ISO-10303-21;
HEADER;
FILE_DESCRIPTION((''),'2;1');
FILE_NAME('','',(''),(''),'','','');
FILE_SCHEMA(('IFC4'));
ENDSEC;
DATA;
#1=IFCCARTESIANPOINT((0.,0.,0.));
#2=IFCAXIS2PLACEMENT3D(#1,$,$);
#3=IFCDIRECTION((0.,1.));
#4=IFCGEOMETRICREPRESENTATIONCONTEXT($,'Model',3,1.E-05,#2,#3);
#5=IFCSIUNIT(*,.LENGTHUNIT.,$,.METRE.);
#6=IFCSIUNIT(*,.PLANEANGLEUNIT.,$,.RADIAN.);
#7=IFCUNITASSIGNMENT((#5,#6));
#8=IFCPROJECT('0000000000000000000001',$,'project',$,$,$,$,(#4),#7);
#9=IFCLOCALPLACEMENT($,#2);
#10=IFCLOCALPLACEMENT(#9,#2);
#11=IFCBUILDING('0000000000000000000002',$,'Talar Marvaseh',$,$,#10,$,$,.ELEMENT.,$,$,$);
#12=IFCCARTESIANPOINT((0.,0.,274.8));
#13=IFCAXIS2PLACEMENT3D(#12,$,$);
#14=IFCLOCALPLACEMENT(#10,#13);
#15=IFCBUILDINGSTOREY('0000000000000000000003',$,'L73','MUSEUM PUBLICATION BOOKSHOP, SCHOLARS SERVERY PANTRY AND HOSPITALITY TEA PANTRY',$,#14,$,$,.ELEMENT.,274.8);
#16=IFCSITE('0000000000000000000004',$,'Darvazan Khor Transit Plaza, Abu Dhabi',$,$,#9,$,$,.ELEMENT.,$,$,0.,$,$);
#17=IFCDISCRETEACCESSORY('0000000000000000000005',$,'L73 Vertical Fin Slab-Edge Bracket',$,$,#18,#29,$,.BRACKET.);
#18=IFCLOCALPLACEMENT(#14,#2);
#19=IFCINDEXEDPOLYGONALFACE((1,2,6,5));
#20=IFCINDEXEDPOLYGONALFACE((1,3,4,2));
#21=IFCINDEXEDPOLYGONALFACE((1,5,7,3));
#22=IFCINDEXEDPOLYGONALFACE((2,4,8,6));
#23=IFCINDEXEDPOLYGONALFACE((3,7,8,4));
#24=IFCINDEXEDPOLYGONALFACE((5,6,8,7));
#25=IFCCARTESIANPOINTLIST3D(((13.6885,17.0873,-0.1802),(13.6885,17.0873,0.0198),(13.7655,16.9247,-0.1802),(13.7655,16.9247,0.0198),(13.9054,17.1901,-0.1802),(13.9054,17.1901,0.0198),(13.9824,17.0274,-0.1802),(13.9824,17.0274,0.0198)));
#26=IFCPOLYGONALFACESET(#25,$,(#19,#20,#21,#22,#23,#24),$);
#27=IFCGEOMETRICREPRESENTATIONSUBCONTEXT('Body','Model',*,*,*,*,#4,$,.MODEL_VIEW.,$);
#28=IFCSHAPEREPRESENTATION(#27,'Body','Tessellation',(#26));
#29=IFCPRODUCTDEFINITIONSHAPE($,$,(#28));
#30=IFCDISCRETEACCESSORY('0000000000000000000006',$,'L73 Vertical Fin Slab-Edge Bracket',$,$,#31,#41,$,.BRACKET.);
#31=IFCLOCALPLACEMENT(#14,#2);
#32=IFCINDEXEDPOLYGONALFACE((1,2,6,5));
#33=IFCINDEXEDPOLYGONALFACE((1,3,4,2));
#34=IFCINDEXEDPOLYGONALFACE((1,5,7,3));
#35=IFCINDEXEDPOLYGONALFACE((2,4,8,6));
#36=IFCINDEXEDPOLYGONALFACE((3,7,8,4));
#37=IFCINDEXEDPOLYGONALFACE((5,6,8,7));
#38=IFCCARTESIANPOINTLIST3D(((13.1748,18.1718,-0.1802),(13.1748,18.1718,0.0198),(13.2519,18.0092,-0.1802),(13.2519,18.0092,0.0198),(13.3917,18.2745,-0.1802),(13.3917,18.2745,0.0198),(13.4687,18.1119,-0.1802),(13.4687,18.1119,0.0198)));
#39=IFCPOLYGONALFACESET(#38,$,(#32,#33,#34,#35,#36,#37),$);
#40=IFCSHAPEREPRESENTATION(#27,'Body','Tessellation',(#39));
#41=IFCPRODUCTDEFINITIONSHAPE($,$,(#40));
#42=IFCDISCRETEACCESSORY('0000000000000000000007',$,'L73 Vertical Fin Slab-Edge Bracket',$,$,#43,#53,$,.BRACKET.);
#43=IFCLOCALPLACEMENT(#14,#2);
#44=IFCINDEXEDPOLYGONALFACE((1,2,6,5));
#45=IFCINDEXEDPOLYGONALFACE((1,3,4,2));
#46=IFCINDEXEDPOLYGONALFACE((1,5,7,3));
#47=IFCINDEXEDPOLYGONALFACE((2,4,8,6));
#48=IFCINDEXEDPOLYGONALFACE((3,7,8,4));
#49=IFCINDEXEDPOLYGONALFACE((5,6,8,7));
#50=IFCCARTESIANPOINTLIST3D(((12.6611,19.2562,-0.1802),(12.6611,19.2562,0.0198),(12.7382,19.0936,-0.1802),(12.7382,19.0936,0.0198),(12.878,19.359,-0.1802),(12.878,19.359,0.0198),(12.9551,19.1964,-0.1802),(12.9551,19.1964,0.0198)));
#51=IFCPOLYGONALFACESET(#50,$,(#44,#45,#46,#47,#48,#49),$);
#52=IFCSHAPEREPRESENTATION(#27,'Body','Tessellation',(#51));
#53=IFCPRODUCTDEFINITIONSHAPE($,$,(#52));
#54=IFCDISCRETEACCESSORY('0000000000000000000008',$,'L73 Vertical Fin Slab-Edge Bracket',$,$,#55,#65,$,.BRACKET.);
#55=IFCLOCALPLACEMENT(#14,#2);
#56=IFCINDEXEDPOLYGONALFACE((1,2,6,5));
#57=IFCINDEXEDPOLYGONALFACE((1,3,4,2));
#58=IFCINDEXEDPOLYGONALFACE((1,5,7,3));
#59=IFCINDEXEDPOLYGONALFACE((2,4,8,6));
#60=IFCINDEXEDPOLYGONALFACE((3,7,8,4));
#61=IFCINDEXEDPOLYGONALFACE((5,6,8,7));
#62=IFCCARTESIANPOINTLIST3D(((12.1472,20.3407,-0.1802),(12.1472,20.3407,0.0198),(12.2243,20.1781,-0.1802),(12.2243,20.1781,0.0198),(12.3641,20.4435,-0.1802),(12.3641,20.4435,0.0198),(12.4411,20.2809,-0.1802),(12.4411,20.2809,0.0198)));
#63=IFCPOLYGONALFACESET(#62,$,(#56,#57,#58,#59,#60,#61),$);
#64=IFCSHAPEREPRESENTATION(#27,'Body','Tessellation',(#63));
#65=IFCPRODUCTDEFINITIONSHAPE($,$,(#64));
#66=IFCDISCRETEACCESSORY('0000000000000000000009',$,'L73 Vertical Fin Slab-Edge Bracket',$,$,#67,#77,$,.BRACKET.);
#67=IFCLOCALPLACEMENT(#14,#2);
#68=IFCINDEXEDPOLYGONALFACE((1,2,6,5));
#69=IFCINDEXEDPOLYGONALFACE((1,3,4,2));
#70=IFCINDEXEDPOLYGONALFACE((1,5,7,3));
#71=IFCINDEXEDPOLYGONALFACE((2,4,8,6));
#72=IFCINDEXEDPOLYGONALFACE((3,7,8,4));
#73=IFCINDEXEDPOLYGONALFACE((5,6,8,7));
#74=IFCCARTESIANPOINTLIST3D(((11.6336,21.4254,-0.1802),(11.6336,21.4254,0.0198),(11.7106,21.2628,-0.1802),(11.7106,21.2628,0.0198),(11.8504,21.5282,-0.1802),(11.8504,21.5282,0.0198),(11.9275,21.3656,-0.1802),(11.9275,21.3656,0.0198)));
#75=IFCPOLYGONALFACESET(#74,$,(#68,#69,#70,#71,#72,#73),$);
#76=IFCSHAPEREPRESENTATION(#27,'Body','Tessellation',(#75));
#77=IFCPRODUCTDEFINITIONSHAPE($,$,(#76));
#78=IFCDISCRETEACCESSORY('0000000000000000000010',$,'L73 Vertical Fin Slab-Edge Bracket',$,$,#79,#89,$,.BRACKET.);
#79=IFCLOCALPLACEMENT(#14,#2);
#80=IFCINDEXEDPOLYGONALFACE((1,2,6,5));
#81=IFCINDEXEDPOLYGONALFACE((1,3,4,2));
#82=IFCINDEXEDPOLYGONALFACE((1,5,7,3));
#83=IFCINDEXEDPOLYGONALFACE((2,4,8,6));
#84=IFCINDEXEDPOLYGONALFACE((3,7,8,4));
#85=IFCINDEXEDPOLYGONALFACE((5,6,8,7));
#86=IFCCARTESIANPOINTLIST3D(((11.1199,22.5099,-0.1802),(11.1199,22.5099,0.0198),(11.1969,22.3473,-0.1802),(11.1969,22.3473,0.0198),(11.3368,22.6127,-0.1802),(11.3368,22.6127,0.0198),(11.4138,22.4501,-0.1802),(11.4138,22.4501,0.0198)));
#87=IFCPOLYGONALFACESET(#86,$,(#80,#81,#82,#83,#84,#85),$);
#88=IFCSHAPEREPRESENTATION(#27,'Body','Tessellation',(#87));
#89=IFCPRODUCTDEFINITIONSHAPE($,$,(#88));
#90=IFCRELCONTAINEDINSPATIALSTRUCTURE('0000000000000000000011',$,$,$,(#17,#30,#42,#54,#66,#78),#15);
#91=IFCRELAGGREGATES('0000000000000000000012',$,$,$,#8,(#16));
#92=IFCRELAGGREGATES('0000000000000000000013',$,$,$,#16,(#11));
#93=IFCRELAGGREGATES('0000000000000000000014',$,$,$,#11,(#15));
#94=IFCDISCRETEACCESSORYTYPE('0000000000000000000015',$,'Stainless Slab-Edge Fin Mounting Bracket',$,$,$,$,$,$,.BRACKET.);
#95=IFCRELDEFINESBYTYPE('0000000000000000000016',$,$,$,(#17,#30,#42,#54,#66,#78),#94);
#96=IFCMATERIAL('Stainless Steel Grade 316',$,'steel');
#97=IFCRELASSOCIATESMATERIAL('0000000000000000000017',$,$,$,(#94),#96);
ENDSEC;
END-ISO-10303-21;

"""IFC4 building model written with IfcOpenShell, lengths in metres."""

from ifc_helpers import new_model, si_unit, direction, frame, origin, origin_2d, place, context, subcontext, project, spatial, rectangle, extrude, source, transform, mapped, material, type_object, type_shapes, element, save


model = new_model("IFC4")

# Units and contexts
model_context = context("Model", 3, precision=1e-05, world=origin(), true_north=direction((0.0, 1.0)))
body_context = subcontext(model_context, "Body", "Model", "MODEL_VIEW")
ifc_project = project(units=[si_unit("LENGTHUNIT", "METRE"), si_unit("PLANEANGLEUNIT", "RADIAN")], contexts=[model_context])

# Site, building, storey
site_placement = place(None, origin())
site = spatial("IfcSite", under=ifc_project, at=site_placement, Name="Darvazan Khor Transit Plaza, Abu Dhabi", CompositionType="ELEMENT", RefElevation=0.0)
building_placement = place(site_placement, origin())
building = spatial("IfcBuilding", under=site, at=building_placement, Name="Talar Marvaseh", CompositionType="ELEMENT")
storey_placement = place(building_placement, frame((0.0, 0.0, 274.8)))
storey = spatial("IfcBuildingStorey", under=building, at=storey_placement, Name="L73", Description="MUSEUM PUBLICATION BOOKSHOP, SCHOLARS SERVERY PANTRY AND HOSPITALITY TEA PANTRY", CompositionType="ELEMENT", Elevation=274.8)

# Discrete accessories
ifc_material_1 = material(Name="Stainless Steel Grade 316", Category="steel")
discrete_accessory_type = type_object("IfcDiscreteAccessoryType", Name="Stainless Slab-Edge Fin Mounting Bracket", PredefinedType="BRACKET", material=ifc_material_1)
shared_shape_1 = source(origin(), body_context, "Body", "SweptSolid", [
    extrude(rectangle(XDim=0.24, YDim=0.1799, at=origin_2d()), origin(), (0.0, 0.0, 1.0), 0.2),
])
type_shapes(discrete_accessory_type, [shared_shape_1])
for number, where, z_axis, x_axis, name in (
    (1, (13.8354, 17.0574, -0.1802), (0.0, 0.0, 1.0), (-0.903709, -0.428147, 0.0), "L73 Vertical Fin Slab-Edge Bracket"),
    (2, (13.3218, 18.1418, -0.1802), (0.0, 0.0, 1.0), (-0.903709, -0.428147, 0.0), "L73 Vertical Fin Slab-Edge Bracket"),
    (3, (12.8081, 19.2263, -0.1802), (0.0, 0.0, 1.0), (-0.903709, -0.428147, 0.0), "L73 Vertical Fin Slab-Edge Bracket"),
    (4, (12.2942, 20.3108, -0.1802), (0.0, 0.0, 1.0), (-0.903709, -0.428147, 0.0), "L73 Vertical Fin Slab-Edge Bracket"),
    (5, (11.7805, 21.3955, -0.1802), (0.0, 0.0, 1.0), (-0.903709, -0.428147, 0.0), "L73 Vertical Fin Slab-Edge Bracket"),
    (6, (11.2668, 22.48, -0.1802), (0.0, 0.0, 1.0), (-0.903709, -0.428147, 0.0), "L73 Vertical Fin Slab-Edge Bracket"),
):
    element("IfcDiscreteAccessory", number, at=place(storey_placement, frame(where, z_axis=z_axis, x_axis=x_axis)), inside=storey, type_object=discrete_accessory_type, Name=name, PredefinedType="BRACKET", context=body_context, shape_type="MappedRepresentation", body=[
        mapped(shared_shape_1, transform((0.0, 0.0, 0.0), x_axis=(1.0, 0.0, 0.0), y_axis=(0.0, 1.0, 0.0), z_axis=(0.0, 0.0, 1.0), scale=1.0)),
    ])

save(model, "model.ifc")
